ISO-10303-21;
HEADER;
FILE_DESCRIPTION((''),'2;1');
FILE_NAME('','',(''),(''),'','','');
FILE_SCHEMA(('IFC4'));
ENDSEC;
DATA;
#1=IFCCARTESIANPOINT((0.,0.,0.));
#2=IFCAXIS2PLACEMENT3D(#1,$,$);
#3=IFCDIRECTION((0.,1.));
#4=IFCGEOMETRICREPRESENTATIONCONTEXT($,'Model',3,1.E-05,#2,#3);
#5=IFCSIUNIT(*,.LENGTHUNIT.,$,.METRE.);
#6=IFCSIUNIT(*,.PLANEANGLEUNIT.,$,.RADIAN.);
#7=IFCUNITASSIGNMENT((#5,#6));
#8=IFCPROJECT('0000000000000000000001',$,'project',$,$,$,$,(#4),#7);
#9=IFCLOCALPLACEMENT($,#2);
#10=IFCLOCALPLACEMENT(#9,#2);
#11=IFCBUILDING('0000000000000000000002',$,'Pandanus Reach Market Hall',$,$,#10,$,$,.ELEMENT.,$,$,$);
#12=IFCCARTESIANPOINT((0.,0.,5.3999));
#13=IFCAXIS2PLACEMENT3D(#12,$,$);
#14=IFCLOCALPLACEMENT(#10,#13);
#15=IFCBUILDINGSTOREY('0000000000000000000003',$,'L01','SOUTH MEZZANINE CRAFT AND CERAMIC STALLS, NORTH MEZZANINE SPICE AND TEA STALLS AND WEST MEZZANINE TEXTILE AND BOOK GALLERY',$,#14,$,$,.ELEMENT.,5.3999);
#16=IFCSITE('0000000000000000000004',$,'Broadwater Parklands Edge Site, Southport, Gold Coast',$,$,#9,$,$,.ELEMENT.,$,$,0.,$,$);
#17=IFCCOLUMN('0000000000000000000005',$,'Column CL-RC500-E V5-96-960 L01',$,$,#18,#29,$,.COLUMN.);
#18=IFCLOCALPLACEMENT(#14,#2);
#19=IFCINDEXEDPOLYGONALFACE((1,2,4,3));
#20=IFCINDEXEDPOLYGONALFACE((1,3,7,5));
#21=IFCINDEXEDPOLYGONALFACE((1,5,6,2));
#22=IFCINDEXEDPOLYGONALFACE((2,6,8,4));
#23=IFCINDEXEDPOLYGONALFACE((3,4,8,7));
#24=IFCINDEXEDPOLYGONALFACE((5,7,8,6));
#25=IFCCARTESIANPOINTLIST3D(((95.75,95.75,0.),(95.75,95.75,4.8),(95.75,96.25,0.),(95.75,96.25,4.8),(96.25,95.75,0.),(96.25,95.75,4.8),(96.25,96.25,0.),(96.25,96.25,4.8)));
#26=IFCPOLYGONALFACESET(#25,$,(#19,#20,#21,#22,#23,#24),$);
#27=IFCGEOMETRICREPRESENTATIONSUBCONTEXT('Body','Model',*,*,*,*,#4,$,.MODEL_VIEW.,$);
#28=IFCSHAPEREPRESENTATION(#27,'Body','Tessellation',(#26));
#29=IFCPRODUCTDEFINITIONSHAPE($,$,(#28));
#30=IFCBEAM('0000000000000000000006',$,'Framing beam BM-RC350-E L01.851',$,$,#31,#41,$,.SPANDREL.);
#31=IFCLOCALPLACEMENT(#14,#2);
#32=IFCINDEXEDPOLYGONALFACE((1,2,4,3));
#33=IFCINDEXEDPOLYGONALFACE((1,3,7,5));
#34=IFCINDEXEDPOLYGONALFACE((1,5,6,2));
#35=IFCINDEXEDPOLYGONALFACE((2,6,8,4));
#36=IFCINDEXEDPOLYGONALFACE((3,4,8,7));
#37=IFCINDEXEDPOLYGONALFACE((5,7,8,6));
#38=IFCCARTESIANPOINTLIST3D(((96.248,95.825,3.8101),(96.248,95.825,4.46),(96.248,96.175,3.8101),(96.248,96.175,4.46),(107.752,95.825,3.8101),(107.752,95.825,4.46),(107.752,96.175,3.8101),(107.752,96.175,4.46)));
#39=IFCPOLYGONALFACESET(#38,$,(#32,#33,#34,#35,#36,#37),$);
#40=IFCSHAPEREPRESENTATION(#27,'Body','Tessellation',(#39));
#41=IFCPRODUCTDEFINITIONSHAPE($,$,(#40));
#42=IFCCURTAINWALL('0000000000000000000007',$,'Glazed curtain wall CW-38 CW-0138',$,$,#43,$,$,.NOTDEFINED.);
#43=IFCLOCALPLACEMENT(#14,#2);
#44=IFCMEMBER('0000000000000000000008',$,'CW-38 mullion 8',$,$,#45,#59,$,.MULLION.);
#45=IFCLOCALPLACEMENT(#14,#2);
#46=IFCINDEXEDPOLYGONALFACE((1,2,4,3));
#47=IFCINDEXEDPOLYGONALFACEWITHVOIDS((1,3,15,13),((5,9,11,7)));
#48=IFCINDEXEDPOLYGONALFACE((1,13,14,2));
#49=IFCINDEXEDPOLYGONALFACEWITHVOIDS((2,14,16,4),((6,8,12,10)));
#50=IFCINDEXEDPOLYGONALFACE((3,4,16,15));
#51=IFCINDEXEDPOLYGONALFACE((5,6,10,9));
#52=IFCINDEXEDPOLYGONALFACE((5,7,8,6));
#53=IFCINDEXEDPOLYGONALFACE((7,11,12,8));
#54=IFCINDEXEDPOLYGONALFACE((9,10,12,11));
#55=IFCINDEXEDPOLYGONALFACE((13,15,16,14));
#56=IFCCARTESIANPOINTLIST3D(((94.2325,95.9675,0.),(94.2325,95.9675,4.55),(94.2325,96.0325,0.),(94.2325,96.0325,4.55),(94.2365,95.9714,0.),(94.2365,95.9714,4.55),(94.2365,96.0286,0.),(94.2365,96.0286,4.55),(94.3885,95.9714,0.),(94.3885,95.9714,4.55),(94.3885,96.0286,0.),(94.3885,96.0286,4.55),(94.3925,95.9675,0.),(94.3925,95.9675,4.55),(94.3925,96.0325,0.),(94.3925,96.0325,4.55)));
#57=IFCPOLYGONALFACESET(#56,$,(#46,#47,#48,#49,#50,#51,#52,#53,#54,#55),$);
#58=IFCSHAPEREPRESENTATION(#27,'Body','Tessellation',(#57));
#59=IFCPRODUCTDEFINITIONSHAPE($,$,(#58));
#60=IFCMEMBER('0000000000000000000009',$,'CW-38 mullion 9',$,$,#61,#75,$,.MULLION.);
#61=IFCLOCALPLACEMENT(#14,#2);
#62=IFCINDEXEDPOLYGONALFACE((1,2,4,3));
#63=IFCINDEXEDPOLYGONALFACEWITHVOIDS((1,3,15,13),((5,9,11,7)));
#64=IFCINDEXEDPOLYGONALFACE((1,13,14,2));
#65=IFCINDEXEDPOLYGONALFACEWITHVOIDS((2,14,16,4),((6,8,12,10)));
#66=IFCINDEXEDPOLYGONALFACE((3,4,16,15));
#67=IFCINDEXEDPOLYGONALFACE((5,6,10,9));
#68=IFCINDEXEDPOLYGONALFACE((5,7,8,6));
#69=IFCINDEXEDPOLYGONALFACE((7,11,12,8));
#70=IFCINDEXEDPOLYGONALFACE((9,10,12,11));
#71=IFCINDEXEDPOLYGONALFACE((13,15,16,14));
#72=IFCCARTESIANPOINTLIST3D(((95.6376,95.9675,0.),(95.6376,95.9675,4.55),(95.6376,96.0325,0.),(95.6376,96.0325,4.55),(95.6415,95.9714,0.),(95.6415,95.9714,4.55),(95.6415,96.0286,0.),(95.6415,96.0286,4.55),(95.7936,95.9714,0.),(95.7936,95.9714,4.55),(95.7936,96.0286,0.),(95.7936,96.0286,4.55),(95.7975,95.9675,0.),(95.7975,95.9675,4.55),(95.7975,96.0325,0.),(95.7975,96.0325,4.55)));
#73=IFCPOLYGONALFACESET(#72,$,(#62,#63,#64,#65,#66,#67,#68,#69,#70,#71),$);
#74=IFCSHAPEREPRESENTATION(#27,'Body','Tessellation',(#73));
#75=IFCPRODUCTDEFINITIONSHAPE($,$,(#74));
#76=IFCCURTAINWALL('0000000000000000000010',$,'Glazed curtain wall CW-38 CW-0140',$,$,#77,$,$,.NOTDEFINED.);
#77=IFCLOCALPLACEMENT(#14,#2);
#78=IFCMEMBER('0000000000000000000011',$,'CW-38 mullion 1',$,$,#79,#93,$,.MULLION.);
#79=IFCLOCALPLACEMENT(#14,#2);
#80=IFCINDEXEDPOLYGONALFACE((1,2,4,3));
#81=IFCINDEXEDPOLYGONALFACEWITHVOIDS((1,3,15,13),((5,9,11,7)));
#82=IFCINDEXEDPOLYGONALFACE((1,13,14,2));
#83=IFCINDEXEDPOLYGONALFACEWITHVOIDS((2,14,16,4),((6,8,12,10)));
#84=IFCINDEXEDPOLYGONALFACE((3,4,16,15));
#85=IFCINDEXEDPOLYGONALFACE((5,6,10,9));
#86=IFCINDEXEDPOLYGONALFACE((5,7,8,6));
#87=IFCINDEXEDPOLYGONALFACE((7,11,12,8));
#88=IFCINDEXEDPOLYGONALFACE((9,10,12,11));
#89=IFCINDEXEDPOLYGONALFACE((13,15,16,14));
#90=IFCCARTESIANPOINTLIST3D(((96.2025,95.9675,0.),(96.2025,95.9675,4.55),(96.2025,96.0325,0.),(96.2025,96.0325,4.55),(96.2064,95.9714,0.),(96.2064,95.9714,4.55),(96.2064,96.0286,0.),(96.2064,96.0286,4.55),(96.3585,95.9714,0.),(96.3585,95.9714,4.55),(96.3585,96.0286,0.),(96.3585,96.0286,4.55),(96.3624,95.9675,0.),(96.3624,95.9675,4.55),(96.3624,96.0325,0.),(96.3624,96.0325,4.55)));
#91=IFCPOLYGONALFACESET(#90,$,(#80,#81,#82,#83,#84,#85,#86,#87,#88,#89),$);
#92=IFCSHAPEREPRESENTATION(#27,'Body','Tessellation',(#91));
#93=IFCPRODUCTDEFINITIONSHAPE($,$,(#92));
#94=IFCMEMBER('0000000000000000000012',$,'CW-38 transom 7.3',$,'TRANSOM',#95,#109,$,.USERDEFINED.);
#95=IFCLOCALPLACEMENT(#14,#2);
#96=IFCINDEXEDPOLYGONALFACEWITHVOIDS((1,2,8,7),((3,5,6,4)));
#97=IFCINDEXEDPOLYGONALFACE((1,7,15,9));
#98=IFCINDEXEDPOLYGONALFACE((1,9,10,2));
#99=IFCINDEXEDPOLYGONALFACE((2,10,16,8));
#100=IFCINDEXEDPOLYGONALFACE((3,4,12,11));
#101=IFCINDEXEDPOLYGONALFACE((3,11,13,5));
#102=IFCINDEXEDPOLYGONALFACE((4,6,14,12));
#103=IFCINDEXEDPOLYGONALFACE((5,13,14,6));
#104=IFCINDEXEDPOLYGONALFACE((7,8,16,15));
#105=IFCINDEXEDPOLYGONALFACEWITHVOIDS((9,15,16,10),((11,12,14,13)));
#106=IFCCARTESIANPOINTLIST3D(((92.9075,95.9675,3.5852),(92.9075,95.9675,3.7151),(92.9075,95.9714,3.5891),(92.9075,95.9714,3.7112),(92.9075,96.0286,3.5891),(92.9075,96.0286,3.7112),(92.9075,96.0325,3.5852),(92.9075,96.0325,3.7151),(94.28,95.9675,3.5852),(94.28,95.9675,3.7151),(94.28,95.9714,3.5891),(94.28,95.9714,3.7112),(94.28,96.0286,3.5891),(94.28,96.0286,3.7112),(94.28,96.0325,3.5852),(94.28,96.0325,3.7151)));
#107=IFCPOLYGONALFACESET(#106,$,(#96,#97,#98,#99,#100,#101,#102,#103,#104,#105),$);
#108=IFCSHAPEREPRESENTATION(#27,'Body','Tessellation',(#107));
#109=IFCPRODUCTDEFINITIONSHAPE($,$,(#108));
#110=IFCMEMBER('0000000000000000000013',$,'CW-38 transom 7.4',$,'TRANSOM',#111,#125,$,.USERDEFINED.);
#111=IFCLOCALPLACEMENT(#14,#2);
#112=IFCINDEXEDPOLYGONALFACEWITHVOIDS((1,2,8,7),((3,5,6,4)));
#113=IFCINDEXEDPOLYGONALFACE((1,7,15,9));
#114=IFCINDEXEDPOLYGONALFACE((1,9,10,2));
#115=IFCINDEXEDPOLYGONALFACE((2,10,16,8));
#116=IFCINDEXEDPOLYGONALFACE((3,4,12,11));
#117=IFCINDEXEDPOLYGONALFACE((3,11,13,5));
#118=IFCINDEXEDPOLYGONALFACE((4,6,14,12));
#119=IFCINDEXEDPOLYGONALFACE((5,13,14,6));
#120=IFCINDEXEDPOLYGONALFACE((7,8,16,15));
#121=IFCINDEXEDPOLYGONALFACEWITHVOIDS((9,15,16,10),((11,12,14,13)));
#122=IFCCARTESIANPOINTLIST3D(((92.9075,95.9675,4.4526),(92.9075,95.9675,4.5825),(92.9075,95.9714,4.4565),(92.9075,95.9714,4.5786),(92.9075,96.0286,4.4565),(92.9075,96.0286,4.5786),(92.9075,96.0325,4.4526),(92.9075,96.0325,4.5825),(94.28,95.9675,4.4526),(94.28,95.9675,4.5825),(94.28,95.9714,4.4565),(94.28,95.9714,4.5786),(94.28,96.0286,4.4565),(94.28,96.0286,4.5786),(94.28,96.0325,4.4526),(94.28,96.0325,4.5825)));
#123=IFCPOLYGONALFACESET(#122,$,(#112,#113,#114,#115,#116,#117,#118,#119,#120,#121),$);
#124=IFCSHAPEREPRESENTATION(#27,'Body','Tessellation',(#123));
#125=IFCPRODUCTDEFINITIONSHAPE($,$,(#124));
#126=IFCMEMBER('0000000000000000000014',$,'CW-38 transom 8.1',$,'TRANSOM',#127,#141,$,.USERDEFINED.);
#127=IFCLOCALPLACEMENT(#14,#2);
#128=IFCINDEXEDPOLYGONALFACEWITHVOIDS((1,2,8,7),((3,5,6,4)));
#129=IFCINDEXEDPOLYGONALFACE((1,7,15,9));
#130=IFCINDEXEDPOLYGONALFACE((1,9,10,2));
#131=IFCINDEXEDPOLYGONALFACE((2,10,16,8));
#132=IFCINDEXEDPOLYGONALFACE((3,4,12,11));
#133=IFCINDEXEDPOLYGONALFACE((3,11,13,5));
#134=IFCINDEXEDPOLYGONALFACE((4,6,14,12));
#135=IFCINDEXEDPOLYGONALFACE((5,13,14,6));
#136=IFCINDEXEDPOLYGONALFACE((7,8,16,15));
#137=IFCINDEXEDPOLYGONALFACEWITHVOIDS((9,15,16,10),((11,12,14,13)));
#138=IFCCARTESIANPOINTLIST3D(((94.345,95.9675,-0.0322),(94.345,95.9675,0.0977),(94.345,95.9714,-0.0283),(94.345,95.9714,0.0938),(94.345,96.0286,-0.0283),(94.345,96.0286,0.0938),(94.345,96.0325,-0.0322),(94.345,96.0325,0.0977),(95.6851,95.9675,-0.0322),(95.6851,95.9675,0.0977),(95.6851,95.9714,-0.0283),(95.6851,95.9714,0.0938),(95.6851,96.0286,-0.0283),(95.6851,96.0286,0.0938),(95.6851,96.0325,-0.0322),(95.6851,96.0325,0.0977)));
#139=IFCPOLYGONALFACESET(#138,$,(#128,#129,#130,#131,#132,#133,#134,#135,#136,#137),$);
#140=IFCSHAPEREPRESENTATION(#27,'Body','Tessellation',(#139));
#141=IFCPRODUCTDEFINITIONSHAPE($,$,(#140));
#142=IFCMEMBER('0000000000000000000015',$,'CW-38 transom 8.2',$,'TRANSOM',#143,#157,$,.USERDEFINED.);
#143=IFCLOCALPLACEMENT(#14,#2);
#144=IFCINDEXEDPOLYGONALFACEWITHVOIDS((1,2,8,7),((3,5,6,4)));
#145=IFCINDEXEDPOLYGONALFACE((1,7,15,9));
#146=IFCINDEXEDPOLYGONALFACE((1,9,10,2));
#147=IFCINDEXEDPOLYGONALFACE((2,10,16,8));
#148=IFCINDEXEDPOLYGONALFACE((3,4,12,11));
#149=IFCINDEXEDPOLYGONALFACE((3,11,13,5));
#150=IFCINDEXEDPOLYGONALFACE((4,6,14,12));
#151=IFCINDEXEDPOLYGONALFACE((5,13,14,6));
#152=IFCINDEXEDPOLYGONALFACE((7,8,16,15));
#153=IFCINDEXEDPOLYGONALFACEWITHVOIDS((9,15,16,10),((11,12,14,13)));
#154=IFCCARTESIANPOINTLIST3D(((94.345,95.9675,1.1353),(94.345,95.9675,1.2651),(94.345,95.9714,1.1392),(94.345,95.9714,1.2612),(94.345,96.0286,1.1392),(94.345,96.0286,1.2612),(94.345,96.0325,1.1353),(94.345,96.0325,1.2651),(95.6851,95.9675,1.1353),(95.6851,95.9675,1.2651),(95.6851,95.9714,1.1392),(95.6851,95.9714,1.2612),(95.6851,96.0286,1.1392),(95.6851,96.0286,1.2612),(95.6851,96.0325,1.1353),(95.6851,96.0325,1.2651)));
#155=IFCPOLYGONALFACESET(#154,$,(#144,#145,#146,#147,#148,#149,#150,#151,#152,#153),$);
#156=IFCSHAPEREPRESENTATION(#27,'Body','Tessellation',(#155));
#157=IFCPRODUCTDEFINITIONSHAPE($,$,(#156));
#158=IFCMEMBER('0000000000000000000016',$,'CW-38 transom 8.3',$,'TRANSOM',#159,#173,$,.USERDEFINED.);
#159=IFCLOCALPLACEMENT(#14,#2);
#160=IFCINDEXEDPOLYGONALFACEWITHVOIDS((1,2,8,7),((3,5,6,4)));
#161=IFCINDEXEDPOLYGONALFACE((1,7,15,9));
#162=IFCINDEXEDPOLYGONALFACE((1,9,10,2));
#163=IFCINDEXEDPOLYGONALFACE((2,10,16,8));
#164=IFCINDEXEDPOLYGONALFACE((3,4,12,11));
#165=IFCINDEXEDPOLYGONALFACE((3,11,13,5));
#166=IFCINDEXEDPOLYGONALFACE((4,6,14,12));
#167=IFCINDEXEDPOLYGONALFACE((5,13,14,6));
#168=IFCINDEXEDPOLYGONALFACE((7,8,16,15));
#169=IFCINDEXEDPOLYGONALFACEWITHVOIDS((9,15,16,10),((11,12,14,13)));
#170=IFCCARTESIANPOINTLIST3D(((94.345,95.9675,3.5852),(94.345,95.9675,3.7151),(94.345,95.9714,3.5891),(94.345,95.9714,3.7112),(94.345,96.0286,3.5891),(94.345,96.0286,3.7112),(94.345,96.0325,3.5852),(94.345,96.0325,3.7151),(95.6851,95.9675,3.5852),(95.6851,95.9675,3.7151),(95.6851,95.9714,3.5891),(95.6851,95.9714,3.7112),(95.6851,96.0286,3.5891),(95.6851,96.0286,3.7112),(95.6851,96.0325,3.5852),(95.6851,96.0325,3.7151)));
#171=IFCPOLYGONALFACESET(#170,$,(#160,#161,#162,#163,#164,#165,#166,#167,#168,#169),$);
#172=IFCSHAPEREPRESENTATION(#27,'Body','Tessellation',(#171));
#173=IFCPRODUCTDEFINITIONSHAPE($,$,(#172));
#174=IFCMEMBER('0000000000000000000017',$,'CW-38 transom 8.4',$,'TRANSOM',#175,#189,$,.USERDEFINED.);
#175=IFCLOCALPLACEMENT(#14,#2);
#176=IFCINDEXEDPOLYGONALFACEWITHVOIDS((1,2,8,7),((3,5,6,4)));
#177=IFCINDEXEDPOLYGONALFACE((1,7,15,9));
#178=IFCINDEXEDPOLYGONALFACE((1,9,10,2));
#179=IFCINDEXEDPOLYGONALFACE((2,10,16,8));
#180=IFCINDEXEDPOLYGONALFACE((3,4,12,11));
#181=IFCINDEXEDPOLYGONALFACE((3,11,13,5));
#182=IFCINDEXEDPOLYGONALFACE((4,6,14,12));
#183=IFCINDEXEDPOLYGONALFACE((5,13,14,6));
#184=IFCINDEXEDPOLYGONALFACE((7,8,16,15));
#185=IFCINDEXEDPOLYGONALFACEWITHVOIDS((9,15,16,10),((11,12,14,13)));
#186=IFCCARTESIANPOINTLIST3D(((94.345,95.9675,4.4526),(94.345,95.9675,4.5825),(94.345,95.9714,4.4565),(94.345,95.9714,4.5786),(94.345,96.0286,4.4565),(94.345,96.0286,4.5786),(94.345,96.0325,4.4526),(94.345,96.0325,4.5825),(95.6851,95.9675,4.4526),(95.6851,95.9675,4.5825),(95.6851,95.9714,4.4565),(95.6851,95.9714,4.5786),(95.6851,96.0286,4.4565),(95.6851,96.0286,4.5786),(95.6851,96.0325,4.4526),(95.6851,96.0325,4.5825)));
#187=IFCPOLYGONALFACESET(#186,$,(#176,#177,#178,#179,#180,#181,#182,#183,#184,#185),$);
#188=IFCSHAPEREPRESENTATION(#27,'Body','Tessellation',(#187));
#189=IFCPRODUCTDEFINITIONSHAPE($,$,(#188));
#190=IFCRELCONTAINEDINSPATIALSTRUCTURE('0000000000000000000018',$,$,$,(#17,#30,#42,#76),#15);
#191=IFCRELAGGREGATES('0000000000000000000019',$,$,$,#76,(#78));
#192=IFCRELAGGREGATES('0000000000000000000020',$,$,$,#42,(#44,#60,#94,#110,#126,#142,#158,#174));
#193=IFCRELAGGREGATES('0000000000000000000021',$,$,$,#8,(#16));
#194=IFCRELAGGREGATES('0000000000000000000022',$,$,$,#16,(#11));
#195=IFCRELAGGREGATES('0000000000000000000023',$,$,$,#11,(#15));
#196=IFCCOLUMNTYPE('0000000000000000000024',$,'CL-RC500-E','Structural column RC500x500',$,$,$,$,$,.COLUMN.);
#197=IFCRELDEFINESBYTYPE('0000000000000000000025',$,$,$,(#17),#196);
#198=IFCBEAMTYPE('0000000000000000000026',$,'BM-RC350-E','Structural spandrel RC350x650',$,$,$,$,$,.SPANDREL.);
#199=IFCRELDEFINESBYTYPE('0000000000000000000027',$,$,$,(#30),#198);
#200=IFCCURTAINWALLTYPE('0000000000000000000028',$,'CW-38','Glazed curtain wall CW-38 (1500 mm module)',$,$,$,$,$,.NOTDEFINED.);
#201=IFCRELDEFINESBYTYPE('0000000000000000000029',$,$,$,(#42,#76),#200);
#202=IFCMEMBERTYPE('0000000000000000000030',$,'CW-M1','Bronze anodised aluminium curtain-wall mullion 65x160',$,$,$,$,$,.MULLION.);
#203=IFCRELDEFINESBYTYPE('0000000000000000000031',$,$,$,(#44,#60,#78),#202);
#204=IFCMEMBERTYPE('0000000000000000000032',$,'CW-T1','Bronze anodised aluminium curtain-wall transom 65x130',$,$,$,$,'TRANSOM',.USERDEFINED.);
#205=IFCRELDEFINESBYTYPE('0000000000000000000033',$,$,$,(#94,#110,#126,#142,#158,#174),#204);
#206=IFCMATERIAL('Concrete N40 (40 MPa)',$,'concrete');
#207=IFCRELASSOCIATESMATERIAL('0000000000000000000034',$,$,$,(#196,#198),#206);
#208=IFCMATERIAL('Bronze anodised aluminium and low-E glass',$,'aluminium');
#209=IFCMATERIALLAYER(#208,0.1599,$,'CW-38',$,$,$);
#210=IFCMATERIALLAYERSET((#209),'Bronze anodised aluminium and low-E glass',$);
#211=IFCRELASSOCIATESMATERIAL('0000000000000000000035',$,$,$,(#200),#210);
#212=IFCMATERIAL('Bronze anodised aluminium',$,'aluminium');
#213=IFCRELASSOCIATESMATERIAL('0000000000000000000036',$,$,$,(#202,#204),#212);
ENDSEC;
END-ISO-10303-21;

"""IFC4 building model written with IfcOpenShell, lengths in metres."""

from ifc_helpers import new_model, si_unit, direction, frame, origin, origin_2d, place, context, subcontext, project, spatial, rectangle, hollow_rectangle, extrude, material, layer, layer_set, material_profile, profile_set, type_object, element, aggregate, save


model = new_model("IFC4")

# Units and contexts
model_context = context("Model", 3, precision=1e-05, world=origin(), true_north=direction((0.0, 1.0)))
body_context = subcontext(model_context, "Body", "Model", "MODEL_VIEW")
ifc_project = project(units=[si_unit("LENGTHUNIT", "METRE"), si_unit("PLANEANGLEUNIT", "RADIAN")], contexts=[model_context])

# Site, building, storey
site_placement = place(None, origin())
site = spatial("IfcSite", under=ifc_project, at=site_placement, Name="Broadwater Parklands Edge Site, Southport, Gold Coast", CompositionType="ELEMENT", RefElevation=0.0)
building_placement = place(site_placement, origin())
building = spatial("IfcBuilding", under=site, at=building_placement, Name="Pandanus Reach Market Hall", CompositionType="ELEMENT")
storey_placement = place(building_placement, frame((0.0, 0.0, 5.3999)))
storey = spatial("IfcBuildingStorey", under=building, at=storey_placement, Name="L01", Description="SOUTH MEZZANINE CRAFT AND CERAMIC STALLS, NORTH MEZZANINE SPICE AND TEA STALLS AND WEST MEZZANINE TEXTILE AND BOOK GALLERY", CompositionType="ELEMENT", Elevation=5.3999)

# Column
ifc_material_1 = material(Name="Concrete N40 (40 MPa)", Category="concrete")
ifc_material_profile_1 = material_profile(ifc_material_1, rectangle(XDim=0.5, YDim=0.5, at=origin_2d()), Name="RC500x500", Category="LoadBearing")
ifc_profile_set_1 = profile_set([ifc_material_profile_1], Name="Concrete N40 (40 MPa)")
column_type = type_object("IfcColumnType", Name="CL-RC500-E", Description="Structural column RC500x500", PredefinedType="COLUMN", material=ifc_profile_set_1)
column_placement = place(storey_placement, frame((96.0, 96.0, 0.0), z_axis=(0.0, 0.0, 1.0), x_axis=(1.0, 0.0, 0.0)))
element("IfcColumn", 1, at=column_placement, inside=storey, type_object=column_type, Name="Column CL-RC500-E V5-96-960 L01", PredefinedType="COLUMN", context=body_context, shape_type="SweptSolid", body=[
    extrude(rectangle(XDim=0.5, YDim=0.5, at=origin_2d()), origin(), (0.0, 0.0, 1.0), 4.8),
])

# Beam
ifc_material_profile_2 = material_profile(ifc_material_1, rectangle(XDim=0.3501, YDim=0.6499, at=origin_2d()), Name="RC350x650", Category="LoadBearing")
ifc_profile_set_2 = profile_set([ifc_material_profile_2], Name="Concrete N40 (40 MPa)")
beam_type = type_object("IfcBeamType", Name="BM-RC350-E", Description="Structural spandrel RC350x650", PredefinedType="SPANDREL", material=ifc_profile_set_2)
beam_placement = place(storey_placement, frame((96.248, 96.0, 4.135), z_axis=(1.0, 0.0, 0.0), x_axis=(0.0, 1.0, 0.0)))
element("IfcBeam", 2, at=beam_placement, inside=storey, type_object=beam_type, Name="Framing beam BM-RC350-E L01.851", PredefinedType="SPANDREL", context=body_context, shape_type="SweptSolid", body=[
    extrude(rectangle(XDim=0.3501, YDim=0.6499, at=origin_2d()), origin(), (0.0, 0.0, 1.0), 11.5039),
])

# Curtain wall, members
ifc_material_2 = material(Name="Bronze anodised aluminium and low-E glass", Category="aluminium")
ifc_layer_1 = layer(ifc_material_2, 0.1599, Name="CW-38")
ifc_layer_set_1 = layer_set([ifc_layer_1], Name="Bronze anodised aluminium and low-E glass")
curtain_wall_type = type_object("IfcCurtainWallType", Name="CW-38", Description="Glazed curtain wall CW-38 (1500 mm module)", PredefinedType="NOTDEFINED", material=ifc_layer_set_1)
curtain_wall_1_placement = place(storey_placement, origin())
curtain_wall_1 = element("IfcCurtainWall", 3, at=curtain_wall_1_placement, inside=storey, type_object=curtain_wall_type, Name="Glazed curtain wall CW-38 CW-0138", PredefinedType="NOTDEFINED")
ifc_material_3 = material(Name="Bronze anodised aluminium", Category="aluminium")
ifc_material_profile_3 = material_profile(ifc_material_3, hollow_rectangle(XDim=0.0649, YDim=0.1599, WallThickness=0.0039, at=origin_2d()), Name="ALU65x160", Category="LoadBearing")
ifc_profile_set_3 = profile_set([ifc_material_profile_3], Name="Bronze anodised aluminium")
member_type_1 = type_object("IfcMemberType", Name="CW-M1", Description="Bronze anodised aluminium curtain-wall mullion 65x160", PredefinedType="MULLION", material=ifc_profile_set_3)
member_1_placement = place(storey_placement, frame((94.3125, 96.0, 0.0), z_axis=(0.0, 0.0, 1.0), x_axis=(0.0, 1.0, 0.0)))
member_1 = element("IfcMember", 4, at=member_1_placement, type_object=member_type_1, Name="CW-38 mullion 8", PredefinedType="MULLION", context=body_context, shape_type="SweptSolid", body=[
    extrude(hollow_rectangle(XDim=0.0649, YDim=0.1599, WallThickness=0.0039, at=origin_2d()), origin(), (0.0, 0.0, 1.0), 4.55),
])
member_2_placement = place(storey_placement, frame((95.7175, 96.0, 0.0), z_axis=(0.0, 0.0, 1.0), x_axis=(0.0, 1.0, 0.0)))
member_2 = element("IfcMember", 5, at=member_2_placement, type_object=member_type_1, Name="CW-38 mullion 9", PredefinedType="MULLION", context=body_context, shape_type="SweptSolid", body=[
    extrude(hollow_rectangle(XDim=0.0649, YDim=0.1599, WallThickness=0.0039, at=origin_2d()), origin(), (0.0, 0.0, 1.0), 4.55),
])

# Curtain wall, member
curtain_wall_2_placement = place(storey_placement, origin())
curtain_wall_2 = element("IfcCurtainWall", 6, at=curtain_wall_2_placement, inside=storey, type_object=curtain_wall_type, Name="Glazed curtain wall CW-38 CW-0140", PredefinedType="NOTDEFINED")
member_3_placement = place(storey_placement, frame((96.2825, 96.0, 0.0), z_axis=(0.0, 0.0, 1.0), x_axis=(0.0, 1.0, 0.0)))
member_3 = element("IfcMember", 7, at=member_3_placement, type_object=member_type_1, Name="CW-38 mullion 1", PredefinedType="MULLION", context=body_context, shape_type="SweptSolid", body=[
    extrude(hollow_rectangle(XDim=0.0649, YDim=0.1599, WallThickness=0.0039, at=origin_2d()), origin(), (0.0, 0.0, 1.0), 4.55),
])

# Members
ifc_material_profile_4 = material_profile(ifc_material_3, hollow_rectangle(XDim=0.0649, YDim=0.1299, WallThickness=0.0039, at=origin_2d()), Name="ALU65x130", Category="LoadBearing")
ifc_profile_set_4 = profile_set([ifc_material_profile_4], Name="Bronze anodised aluminium")
member_type_2 = type_object("IfcMemberType", Name="CW-T1", Description="Bronze anodised aluminium curtain-wall transom 65x130", ElementType="TRANSOM", PredefinedType="USERDEFINED", material=ifc_profile_set_4)
member_4_placement = place(storey_placement, frame((92.9075, 96.0, 3.6501), z_axis=(1.0, 0.0, 0.0), x_axis=(0.0, 1.0, 0.0)))
member_4 = element("IfcMember", 8, at=member_4_placement, type_object=member_type_2, Name="CW-38 transom 7.3", ObjectType="TRANSOM", PredefinedType="USERDEFINED", context=body_context, shape_type="SweptSolid", body=[
    extrude(hollow_rectangle(XDim=0.0649, YDim=0.1299, WallThickness=0.0039, at=origin_2d()), origin(), (0.0, 0.0, 1.0), 1.3726),
])
member_5_placement = place(storey_placement, frame((92.9075, 96.0, 4.5176), z_axis=(1.0, 0.0, 0.0), x_axis=(0.0, 1.0, 0.0)))
member_5 = element("IfcMember", 9, at=member_5_placement, type_object=member_type_2, Name="CW-38 transom 7.4", ObjectType="TRANSOM", PredefinedType="USERDEFINED", context=body_context, shape_type="SweptSolid", body=[
    extrude(hollow_rectangle(XDim=0.0649, YDim=0.1299, WallThickness=0.0039, at=origin_2d()), origin(), (0.0, 0.0, 1.0), 1.3726),
])
member_6_placement = place(storey_placement, frame((94.345, 96.0, 0.0327), z_axis=(1.0, 0.0, 0.0), x_axis=(0.0, 1.0, 0.0)))
member_6 = element("IfcMember", 10, at=member_6_placement, type_object=member_type_2, Name="CW-38 transom 8.1", ObjectType="TRANSOM", PredefinedType="USERDEFINED", context=body_context, shape_type="SweptSolid", body=[
    extrude(hollow_rectangle(XDim=0.0649, YDim=0.1299, WallThickness=0.0039, at=origin_2d()), origin(), (0.0, 0.0, 1.0), 1.3401),
])
member_7_placement = place(storey_placement, frame((94.345, 96.0, 1.2002), z_axis=(1.0, 0.0, 0.0), x_axis=(0.0, 1.0, 0.0)))
member_7 = element("IfcMember", 11, at=member_7_placement, type_object=member_type_2, Name="CW-38 transom 8.2", ObjectType="TRANSOM", PredefinedType="USERDEFINED", context=body_context, shape_type="SweptSolid", body=[
    extrude(hollow_rectangle(XDim=0.0649, YDim=0.1299, WallThickness=0.0039, at=origin_2d()), origin(), (0.0, 0.0, 1.0), 1.3401),
])
member_8_placement = place(storey_placement, frame((94.345, 96.0, 3.6501), z_axis=(1.0, 0.0, 0.0), x_axis=(0.0, 1.0, 0.0)))
member_8 = element("IfcMember", 12, at=member_8_placement, type_object=member_type_2, Name="CW-38 transom 8.3", ObjectType="TRANSOM", PredefinedType="USERDEFINED", context=body_context, shape_type="SweptSolid", body=[
    extrude(hollow_rectangle(XDim=0.0649, YDim=0.1299, WallThickness=0.0039, at=origin_2d()), origin(), (0.0, 0.0, 1.0), 1.3401),
])
member_9_placement = place(storey_placement, frame((94.345, 96.0, 4.5176), z_axis=(1.0, 0.0, 0.0), x_axis=(0.0, 1.0, 0.0)))
member_9 = element("IfcMember", 13, at=member_9_placement, type_object=member_type_2, Name="CW-38 transom 8.4", ObjectType="TRANSOM", PredefinedType="USERDEFINED", context=body_context, shape_type="SweptSolid", body=[
    extrude(hollow_rectangle(XDim=0.0649, YDim=0.1299, WallThickness=0.0039, at=origin_2d()), origin(), (0.0, 0.0, 1.0), 1.3401),
])
aggregate(curtain_wall_2, [member_3])

aggregate(curtain_wall_1, [member_1, member_2, member_4, member_5, member_6, member_7, member_8, member_9])

save(model, "model.ifc")
